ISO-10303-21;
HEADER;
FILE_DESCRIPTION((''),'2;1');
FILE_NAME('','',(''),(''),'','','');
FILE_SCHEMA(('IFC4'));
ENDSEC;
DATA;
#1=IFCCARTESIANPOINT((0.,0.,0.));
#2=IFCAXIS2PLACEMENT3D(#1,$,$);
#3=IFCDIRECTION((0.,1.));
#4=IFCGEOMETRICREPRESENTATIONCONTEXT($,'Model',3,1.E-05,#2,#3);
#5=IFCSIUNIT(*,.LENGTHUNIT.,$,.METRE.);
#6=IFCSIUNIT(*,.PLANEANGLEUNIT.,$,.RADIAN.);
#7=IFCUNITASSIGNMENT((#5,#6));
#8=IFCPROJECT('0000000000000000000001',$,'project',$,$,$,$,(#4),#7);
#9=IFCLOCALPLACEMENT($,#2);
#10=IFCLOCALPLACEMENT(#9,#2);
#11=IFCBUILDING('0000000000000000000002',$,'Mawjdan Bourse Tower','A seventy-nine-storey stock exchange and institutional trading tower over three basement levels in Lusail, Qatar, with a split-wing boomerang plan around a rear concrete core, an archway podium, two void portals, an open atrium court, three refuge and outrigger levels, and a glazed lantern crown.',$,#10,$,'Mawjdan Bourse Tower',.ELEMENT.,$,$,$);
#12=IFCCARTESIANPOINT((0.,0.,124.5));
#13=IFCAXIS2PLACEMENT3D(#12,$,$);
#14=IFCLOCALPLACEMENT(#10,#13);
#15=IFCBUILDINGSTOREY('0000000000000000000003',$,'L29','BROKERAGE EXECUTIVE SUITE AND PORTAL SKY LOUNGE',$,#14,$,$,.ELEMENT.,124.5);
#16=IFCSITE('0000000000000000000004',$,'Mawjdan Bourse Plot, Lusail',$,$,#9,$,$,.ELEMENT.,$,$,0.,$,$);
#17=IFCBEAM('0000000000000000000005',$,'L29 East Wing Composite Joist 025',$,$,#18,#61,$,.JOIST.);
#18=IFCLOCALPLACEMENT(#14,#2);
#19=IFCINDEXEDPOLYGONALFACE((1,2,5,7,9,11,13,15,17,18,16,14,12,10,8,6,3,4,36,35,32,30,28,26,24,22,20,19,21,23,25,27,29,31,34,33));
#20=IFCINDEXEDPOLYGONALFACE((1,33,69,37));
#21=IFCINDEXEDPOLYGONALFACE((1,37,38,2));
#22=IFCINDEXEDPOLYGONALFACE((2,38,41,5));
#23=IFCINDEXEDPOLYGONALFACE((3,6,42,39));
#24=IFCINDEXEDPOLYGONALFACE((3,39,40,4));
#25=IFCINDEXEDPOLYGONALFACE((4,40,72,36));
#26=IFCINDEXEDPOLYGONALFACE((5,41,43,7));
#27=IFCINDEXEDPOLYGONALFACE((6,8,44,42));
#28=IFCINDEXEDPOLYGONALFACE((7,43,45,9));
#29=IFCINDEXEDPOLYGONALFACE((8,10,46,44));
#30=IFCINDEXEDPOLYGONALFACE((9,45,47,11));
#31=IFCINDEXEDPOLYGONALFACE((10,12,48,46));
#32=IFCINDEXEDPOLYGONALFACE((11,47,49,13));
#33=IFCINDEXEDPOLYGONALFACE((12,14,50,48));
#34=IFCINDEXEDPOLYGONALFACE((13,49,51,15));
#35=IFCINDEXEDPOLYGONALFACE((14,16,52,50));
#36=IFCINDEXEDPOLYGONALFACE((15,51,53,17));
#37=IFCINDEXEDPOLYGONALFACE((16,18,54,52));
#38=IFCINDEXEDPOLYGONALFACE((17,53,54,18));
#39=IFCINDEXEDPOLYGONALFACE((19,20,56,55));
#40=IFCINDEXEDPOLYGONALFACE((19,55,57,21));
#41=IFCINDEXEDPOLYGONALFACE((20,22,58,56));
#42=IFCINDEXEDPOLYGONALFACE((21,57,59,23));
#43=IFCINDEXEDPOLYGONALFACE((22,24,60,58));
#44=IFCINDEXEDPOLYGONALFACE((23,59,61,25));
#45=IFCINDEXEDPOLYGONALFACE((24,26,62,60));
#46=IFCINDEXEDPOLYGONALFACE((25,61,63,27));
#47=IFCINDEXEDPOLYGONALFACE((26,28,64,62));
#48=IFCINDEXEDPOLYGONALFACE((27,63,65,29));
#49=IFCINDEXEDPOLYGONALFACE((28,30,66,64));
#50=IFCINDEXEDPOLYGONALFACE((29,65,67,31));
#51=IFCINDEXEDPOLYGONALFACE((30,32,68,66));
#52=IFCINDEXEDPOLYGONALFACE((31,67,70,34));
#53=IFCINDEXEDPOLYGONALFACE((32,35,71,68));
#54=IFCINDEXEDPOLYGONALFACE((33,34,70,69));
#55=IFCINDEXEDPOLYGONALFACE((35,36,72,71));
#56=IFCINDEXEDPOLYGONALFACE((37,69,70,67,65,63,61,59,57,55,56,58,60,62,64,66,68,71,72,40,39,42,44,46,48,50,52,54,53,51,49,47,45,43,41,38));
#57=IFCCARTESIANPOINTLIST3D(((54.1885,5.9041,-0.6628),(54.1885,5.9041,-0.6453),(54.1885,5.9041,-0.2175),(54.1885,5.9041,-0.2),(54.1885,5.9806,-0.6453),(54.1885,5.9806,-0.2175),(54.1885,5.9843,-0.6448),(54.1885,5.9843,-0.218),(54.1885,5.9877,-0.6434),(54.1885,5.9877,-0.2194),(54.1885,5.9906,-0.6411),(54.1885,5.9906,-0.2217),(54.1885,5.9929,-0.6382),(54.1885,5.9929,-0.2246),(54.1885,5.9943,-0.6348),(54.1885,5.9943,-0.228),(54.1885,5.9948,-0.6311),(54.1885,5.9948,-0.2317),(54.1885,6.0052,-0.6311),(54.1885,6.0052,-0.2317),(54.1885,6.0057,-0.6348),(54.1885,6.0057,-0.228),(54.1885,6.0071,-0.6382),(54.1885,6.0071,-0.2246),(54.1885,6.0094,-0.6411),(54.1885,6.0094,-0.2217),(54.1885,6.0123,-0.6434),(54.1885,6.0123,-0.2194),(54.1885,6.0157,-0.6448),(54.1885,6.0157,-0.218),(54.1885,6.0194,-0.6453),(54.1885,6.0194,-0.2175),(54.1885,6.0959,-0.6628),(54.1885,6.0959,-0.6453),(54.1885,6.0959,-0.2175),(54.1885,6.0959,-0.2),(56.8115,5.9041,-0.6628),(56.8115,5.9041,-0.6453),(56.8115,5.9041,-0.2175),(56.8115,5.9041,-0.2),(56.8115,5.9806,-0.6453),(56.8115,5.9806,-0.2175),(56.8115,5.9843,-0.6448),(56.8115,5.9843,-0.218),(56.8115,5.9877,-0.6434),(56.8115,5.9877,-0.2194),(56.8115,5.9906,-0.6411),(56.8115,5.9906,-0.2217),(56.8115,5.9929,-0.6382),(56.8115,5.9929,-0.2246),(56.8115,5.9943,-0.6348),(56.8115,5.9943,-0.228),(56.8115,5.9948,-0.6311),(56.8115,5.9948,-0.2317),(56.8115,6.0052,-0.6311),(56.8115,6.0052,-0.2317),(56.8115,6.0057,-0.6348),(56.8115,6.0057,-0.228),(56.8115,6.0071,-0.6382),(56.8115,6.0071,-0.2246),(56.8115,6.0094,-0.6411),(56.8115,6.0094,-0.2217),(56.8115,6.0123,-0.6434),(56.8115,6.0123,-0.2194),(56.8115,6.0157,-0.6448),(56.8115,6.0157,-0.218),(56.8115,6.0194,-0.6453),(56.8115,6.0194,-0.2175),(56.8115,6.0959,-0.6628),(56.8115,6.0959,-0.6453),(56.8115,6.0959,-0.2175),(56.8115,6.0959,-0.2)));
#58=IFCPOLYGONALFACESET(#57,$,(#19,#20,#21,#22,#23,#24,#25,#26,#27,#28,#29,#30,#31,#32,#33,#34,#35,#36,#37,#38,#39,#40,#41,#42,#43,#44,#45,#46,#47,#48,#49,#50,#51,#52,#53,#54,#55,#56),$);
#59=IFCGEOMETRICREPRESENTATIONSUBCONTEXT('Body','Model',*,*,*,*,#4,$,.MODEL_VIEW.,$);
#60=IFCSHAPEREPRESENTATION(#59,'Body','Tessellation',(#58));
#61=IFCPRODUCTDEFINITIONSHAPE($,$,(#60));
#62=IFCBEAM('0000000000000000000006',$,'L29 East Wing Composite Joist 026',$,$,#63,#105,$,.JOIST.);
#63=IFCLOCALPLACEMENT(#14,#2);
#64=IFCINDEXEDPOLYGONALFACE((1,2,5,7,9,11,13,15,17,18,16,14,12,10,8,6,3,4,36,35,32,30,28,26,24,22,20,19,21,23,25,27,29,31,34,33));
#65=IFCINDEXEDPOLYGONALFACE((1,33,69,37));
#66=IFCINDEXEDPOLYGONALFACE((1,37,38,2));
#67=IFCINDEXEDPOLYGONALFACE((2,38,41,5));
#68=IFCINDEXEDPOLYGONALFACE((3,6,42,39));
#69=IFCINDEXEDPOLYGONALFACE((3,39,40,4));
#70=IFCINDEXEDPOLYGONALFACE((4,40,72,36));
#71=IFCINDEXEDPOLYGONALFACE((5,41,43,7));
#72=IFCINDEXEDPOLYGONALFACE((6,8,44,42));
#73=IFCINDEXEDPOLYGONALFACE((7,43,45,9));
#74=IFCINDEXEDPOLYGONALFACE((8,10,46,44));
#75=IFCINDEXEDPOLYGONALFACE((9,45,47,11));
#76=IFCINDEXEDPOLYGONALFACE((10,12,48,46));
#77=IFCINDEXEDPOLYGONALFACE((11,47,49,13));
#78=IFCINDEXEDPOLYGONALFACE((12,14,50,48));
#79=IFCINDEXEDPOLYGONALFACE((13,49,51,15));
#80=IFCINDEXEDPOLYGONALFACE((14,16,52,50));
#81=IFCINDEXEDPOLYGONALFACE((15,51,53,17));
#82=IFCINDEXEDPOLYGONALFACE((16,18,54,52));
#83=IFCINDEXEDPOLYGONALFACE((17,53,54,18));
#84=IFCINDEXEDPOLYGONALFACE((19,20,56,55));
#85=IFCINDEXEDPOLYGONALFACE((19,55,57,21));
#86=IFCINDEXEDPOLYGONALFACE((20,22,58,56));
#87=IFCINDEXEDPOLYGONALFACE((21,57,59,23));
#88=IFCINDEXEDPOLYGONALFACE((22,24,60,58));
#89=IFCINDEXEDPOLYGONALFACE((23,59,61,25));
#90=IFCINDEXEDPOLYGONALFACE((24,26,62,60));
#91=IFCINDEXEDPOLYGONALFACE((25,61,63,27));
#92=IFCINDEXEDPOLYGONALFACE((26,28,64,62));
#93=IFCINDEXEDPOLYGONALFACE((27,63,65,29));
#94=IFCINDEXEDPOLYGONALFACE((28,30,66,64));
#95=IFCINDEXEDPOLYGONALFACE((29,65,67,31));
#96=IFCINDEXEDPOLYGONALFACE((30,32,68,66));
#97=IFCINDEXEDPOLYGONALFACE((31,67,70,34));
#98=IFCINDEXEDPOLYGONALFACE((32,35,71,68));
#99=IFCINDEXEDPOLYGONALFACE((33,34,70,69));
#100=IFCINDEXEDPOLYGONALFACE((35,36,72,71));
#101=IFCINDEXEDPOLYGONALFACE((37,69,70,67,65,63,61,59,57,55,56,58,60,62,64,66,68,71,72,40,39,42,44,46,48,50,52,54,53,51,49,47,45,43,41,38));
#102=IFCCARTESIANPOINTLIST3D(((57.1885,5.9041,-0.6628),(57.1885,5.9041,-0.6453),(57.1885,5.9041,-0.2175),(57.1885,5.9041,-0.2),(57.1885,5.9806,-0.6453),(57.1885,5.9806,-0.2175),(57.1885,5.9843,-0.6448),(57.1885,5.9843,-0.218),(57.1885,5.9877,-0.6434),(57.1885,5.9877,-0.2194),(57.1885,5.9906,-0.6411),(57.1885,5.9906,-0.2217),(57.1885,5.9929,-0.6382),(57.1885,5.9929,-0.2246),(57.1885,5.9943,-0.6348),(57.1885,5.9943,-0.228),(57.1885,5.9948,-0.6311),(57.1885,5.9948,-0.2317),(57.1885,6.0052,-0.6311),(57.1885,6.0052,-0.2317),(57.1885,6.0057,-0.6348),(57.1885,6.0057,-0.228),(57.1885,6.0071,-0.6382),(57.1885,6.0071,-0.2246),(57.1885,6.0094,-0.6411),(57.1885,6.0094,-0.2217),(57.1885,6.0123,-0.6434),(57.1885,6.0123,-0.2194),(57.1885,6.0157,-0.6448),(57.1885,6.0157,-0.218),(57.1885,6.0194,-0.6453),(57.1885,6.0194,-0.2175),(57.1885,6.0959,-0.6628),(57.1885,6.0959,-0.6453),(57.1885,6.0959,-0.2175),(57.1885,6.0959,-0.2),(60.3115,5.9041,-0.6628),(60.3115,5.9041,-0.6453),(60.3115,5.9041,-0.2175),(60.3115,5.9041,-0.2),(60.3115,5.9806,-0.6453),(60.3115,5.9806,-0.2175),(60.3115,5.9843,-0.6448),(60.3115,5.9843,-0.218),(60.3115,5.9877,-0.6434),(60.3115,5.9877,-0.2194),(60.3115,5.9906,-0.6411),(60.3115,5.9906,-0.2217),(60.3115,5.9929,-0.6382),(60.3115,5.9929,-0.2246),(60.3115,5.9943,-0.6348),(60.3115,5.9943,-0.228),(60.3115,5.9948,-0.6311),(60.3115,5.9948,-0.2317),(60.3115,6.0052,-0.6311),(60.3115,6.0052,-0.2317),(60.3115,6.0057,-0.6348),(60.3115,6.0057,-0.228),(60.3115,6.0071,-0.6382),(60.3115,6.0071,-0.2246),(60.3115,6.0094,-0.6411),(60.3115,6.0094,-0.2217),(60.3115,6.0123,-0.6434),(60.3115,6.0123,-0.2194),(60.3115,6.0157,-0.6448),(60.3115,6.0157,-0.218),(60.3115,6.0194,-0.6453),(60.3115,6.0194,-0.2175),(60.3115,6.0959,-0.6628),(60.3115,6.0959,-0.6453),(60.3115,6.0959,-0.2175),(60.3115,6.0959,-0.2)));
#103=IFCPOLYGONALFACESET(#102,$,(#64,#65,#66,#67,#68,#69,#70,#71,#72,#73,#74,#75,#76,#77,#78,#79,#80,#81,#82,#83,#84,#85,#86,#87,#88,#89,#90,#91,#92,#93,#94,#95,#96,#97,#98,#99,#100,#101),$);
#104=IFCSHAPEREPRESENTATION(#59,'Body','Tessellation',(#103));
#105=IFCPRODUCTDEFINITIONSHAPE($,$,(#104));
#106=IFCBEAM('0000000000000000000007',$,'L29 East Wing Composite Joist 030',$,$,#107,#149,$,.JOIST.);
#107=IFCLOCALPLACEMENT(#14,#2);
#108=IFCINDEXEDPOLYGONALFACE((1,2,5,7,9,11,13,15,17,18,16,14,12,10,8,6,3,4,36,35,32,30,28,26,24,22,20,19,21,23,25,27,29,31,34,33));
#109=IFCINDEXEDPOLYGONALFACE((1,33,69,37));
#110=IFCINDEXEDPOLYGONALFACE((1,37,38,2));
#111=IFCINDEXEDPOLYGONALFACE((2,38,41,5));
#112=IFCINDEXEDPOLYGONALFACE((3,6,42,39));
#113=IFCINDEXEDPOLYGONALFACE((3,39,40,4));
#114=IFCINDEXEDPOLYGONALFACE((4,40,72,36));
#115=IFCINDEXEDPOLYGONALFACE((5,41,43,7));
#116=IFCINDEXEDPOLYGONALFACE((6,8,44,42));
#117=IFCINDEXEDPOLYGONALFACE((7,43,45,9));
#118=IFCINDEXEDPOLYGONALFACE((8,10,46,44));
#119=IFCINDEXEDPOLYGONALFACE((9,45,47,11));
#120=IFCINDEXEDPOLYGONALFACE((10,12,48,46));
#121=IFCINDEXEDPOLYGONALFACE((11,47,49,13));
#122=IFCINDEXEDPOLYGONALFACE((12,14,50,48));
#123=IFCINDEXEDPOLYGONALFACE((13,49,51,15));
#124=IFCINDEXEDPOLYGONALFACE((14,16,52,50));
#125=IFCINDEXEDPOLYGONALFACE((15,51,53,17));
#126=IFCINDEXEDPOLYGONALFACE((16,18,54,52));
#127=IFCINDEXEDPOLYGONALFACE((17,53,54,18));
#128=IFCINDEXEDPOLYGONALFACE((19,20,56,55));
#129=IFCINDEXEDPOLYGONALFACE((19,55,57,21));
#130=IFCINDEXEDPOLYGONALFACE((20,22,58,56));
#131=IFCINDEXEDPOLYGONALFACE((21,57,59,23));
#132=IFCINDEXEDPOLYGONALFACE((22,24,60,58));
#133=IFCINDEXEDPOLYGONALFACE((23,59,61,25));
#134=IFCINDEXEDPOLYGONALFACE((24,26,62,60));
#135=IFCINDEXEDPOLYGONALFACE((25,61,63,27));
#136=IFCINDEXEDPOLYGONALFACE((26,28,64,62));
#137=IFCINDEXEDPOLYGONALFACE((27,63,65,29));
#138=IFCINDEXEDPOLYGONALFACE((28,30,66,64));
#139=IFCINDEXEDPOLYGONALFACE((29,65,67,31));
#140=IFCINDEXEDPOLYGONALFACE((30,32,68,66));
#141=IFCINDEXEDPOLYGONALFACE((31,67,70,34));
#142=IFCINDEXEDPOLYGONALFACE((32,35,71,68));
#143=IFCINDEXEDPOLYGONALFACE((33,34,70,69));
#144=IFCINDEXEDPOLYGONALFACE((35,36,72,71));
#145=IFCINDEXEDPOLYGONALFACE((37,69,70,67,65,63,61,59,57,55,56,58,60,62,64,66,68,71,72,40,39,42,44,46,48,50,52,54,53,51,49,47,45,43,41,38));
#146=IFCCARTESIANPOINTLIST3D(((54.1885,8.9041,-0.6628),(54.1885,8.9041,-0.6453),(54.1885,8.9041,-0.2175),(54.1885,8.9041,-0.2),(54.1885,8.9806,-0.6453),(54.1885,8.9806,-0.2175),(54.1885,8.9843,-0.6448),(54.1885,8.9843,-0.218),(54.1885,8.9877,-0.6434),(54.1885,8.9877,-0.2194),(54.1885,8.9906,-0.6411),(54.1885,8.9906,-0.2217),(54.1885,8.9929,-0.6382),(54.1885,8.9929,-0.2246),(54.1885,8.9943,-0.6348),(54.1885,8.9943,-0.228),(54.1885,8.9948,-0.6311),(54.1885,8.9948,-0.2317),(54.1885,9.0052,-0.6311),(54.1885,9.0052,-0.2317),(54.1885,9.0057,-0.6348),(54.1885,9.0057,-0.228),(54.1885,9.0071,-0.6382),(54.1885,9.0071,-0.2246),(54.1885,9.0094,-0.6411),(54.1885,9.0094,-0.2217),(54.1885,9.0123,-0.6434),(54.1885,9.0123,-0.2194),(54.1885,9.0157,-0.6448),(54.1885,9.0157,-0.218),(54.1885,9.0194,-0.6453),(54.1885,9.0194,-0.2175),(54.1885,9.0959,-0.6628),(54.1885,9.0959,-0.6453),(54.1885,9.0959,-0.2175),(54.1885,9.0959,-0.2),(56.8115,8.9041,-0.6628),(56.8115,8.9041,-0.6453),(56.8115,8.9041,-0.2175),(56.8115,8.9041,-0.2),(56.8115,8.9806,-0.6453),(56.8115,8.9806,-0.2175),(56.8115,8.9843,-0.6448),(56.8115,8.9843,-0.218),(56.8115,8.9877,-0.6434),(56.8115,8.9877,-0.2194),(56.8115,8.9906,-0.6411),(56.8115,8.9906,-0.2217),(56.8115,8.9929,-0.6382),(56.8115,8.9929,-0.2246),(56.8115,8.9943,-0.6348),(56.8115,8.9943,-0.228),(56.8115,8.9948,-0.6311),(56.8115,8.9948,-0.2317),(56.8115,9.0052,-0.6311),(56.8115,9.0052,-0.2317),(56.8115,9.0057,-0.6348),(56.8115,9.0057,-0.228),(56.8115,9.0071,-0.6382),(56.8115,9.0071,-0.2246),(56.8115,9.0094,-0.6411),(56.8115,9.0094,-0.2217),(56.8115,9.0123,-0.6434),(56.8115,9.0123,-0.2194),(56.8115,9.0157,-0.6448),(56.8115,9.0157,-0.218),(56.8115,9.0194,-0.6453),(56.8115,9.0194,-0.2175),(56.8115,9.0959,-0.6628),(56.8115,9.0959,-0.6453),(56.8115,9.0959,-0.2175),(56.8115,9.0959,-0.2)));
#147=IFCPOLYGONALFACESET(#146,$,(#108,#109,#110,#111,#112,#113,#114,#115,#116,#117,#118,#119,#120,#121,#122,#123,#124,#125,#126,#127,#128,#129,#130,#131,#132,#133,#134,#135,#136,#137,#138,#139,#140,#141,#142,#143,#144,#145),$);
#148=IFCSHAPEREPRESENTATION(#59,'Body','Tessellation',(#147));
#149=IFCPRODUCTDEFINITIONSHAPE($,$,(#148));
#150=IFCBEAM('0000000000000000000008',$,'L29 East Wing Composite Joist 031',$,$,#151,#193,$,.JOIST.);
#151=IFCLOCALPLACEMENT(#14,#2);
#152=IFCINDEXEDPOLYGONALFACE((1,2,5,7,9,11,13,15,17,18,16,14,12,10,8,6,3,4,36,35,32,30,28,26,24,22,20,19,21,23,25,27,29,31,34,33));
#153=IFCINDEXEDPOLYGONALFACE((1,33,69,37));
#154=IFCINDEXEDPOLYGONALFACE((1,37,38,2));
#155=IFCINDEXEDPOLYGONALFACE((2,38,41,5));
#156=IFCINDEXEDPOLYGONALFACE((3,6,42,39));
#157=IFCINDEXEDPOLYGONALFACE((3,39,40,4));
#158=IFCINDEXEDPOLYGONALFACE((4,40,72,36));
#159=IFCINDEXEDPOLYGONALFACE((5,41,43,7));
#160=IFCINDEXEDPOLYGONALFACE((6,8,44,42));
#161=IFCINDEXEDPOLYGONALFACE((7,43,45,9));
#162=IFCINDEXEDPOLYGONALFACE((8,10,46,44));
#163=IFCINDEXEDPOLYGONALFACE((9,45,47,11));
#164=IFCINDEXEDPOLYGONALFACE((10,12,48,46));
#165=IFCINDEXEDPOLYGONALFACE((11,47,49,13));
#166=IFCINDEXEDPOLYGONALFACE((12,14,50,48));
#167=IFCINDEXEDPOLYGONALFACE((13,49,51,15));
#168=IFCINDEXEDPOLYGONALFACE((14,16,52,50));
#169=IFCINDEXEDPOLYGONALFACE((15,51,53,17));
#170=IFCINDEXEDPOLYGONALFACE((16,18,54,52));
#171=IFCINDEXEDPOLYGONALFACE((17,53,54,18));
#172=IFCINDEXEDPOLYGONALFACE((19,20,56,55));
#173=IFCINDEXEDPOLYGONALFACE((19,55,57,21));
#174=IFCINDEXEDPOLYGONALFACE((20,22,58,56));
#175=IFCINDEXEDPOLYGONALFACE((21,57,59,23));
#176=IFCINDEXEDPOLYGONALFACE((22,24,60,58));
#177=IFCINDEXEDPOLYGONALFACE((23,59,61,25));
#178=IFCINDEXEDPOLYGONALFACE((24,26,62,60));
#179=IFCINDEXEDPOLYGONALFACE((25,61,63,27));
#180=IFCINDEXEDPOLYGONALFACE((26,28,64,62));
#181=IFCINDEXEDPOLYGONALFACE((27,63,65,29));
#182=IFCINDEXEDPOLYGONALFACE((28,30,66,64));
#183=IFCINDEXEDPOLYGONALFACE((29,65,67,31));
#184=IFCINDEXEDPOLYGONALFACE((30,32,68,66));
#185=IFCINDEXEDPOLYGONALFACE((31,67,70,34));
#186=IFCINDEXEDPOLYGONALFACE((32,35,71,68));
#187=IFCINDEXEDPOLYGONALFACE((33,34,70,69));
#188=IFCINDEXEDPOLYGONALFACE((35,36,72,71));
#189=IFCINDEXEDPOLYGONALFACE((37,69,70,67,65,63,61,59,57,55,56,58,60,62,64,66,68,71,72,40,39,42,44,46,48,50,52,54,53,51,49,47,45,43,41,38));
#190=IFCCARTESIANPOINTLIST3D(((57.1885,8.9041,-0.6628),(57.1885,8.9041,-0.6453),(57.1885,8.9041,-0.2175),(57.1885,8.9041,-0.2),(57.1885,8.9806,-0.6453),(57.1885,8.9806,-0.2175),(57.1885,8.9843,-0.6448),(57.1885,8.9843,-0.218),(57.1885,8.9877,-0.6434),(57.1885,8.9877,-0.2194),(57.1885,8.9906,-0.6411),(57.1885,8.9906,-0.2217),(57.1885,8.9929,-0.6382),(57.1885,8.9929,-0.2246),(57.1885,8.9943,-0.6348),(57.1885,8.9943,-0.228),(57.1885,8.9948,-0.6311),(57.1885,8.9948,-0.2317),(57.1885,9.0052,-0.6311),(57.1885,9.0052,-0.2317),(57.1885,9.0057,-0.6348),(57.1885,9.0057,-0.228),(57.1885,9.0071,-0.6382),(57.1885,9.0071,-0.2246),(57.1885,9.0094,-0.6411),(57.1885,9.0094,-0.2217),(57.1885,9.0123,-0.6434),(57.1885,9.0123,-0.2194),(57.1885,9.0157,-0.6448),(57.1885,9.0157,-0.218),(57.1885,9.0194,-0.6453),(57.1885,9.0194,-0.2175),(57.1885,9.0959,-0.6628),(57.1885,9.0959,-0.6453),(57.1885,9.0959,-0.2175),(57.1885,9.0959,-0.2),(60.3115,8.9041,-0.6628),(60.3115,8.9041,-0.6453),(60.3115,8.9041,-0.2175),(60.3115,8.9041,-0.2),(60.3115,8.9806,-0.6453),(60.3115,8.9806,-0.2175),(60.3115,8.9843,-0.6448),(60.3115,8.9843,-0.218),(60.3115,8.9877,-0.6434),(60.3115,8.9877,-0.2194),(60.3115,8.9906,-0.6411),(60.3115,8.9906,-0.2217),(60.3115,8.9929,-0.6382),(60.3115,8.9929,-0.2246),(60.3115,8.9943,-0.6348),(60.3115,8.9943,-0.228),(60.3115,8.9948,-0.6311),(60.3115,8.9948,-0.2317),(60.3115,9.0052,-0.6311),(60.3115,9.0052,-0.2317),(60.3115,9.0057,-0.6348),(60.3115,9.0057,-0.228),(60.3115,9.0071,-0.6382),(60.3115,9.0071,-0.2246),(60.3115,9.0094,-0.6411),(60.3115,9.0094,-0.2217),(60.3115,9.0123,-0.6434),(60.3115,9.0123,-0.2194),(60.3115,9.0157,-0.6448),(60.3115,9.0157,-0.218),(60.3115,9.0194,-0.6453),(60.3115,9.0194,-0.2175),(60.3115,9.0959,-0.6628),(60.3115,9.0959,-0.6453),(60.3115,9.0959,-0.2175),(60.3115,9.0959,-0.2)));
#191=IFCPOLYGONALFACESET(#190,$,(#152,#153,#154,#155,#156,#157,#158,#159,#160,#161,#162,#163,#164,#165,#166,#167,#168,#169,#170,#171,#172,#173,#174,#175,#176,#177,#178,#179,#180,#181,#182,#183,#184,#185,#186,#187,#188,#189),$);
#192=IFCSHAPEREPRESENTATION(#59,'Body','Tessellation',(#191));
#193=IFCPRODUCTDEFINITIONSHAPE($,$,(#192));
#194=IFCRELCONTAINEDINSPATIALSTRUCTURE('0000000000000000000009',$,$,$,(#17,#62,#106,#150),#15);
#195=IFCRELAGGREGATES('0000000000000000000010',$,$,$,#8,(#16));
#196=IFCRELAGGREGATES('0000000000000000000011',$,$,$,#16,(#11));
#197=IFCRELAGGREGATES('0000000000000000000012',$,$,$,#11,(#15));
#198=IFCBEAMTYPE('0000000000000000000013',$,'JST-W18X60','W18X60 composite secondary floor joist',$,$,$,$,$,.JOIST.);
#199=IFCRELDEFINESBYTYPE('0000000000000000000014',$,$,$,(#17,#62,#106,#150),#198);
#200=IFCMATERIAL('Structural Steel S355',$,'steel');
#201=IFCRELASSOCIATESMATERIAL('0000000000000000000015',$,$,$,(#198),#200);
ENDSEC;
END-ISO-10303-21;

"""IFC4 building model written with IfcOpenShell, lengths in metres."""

from ifc_helpers import new_model, si_unit, direction, frame, origin, origin_2d, place, context, subcontext, project, spatial, i_section, extrude, material, material_profile, profile_set, type_object, element, save


model = new_model("IFC4")

# Units and contexts
model_context = context("Model", 3, precision=1e-05, world=origin(), true_north=direction((0.0, 1.0)))
body_context = subcontext(model_context, "Body", "Model", "MODEL_VIEW")
ifc_project = project(units=[si_unit("LENGTHUNIT", "METRE"), si_unit("PLANEANGLEUNIT", "RADIAN")], contexts=[model_context])

# Site, building, storey
site_placement = place(None, origin())
site = spatial("IfcSite", under=ifc_project, at=site_placement, Name="Mawjdan Bourse Plot, Lusail", CompositionType="ELEMENT", RefElevation=0.0)
building_placement = place(site_placement, origin())
building = spatial("IfcBuilding", under=site, at=building_placement, Name="Mawjdan Bourse Tower", Description="A seventy-nine-storey stock exchange and institutional trading tower over three basement levels in Lusail, Qatar, with a split-wing boomerang plan around a rear concrete core, an archway podium, two void portals, an open atrium court, three refuge and outrigger levels, and a glazed lantern crown.", LongName="Mawjdan Bourse Tower", CompositionType="ELEMENT")
storey_placement = place(building_placement, frame((0.0, 0.0, 124.5)))
storey = spatial("IfcBuildingStorey", under=building, at=storey_placement, Name="L29", Description="BROKERAGE EXECUTIVE SUITE AND PORTAL SKY LOUNGE", CompositionType="ELEMENT", Elevation=124.5)

# Beams
ifc_material_1 = material(Name="Structural Steel S355", Category="steel")
ifc_material_profile_1 = material_profile(ifc_material_1, i_section(OverallWidth=0.1919, OverallDepth=0.4629, WebThickness=0.0105, FlangeThickness=0.0176, FilletRadius=0.0142, at=origin_2d()), Name="W18X60")
ifc_profile_set_1 = profile_set([ifc_material_profile_1], Name="Structural Steel S355")
beam_type_1 = type_object("IfcBeamType", Name="JST-W18X60", Description="W18X60 composite secondary floor joist", PredefinedType="JOIST", material=ifc_profile_set_1)
beam_1_placement = place(storey_placement, frame((54.1885, 6.0, -0.4314), z_axis=(1.0, 0.0, 0.0), x_axis=(0.0, 1.0, 0.0)))
element("IfcBeam", 1, at=beam_1_placement, inside=storey, type_object=beam_type_1, Name="L29 East Wing Composite Joist 025", PredefinedType="JOIST", context=body_context, shape_type="SweptSolid", body=[
    extrude(i_section(OverallWidth=0.1919, OverallDepth=0.4629, WebThickness=0.0105, FlangeThickness=0.0176, FilletRadius=0.0142, at=origin_2d()), origin(), (0.0, 0.0, 1.0), 2.623),
])
beam_2_placement = place(storey_placement, frame((57.1885, 6.0, -0.4314), z_axis=(1.0, 0.0, 0.0), x_axis=(0.0, 1.0, 0.0)))
element("IfcBeam", 2, at=beam_2_placement, inside=storey, type_object=beam_type_1, Name="L29 East Wing Composite Joist 026", PredefinedType="JOIST", context=body_context, shape_type="SweptSolid", body=[
    extrude(i_section(OverallWidth=0.1919, OverallDepth=0.4629, WebThickness=0.0105, FlangeThickness=0.0176, FilletRadius=0.0142, at=origin_2d()), origin(), (0.0, 0.0, 1.0), 3.123),
])
beam_3_placement = place(storey_placement, frame((54.1885, 9.0, -0.4314), z_axis=(1.0, 0.0, 0.0), x_axis=(0.0, 1.0, 0.0)))
element("IfcBeam", 3, at=beam_3_placement, inside=storey, type_object=beam_type_1, Name="L29 East Wing Composite Joist 030", PredefinedType="JOIST", context=body_context, shape_type="SweptSolid", body=[
    extrude(i_section(OverallWidth=0.1919, OverallDepth=0.4629, WebThickness=0.0105, FlangeThickness=0.0176, FilletRadius=0.0142, at=origin_2d()), origin(), (0.0, 0.0, 1.0), 2.623),
])
beam_4_placement = place(storey_placement, frame((57.1885, 9.0, -0.4314), z_axis=(1.0, 0.0, 0.0), x_axis=(0.0, 1.0, 0.0)))
element("IfcBeam", 4, at=beam_4_placement, inside=storey, type_object=beam_type_1, Name="L29 East Wing Composite Joist 031", PredefinedType="JOIST", context=body_context, shape_type="SweptSolid", body=[
    extrude(i_section(OverallWidth=0.1919, OverallDepth=0.4629, WebThickness=0.0105, FlangeThickness=0.0176, FilletRadius=0.0142, at=origin_2d()), origin(), (0.0, 0.0, 1.0), 3.123),
])

save(model, "model.ifc")
